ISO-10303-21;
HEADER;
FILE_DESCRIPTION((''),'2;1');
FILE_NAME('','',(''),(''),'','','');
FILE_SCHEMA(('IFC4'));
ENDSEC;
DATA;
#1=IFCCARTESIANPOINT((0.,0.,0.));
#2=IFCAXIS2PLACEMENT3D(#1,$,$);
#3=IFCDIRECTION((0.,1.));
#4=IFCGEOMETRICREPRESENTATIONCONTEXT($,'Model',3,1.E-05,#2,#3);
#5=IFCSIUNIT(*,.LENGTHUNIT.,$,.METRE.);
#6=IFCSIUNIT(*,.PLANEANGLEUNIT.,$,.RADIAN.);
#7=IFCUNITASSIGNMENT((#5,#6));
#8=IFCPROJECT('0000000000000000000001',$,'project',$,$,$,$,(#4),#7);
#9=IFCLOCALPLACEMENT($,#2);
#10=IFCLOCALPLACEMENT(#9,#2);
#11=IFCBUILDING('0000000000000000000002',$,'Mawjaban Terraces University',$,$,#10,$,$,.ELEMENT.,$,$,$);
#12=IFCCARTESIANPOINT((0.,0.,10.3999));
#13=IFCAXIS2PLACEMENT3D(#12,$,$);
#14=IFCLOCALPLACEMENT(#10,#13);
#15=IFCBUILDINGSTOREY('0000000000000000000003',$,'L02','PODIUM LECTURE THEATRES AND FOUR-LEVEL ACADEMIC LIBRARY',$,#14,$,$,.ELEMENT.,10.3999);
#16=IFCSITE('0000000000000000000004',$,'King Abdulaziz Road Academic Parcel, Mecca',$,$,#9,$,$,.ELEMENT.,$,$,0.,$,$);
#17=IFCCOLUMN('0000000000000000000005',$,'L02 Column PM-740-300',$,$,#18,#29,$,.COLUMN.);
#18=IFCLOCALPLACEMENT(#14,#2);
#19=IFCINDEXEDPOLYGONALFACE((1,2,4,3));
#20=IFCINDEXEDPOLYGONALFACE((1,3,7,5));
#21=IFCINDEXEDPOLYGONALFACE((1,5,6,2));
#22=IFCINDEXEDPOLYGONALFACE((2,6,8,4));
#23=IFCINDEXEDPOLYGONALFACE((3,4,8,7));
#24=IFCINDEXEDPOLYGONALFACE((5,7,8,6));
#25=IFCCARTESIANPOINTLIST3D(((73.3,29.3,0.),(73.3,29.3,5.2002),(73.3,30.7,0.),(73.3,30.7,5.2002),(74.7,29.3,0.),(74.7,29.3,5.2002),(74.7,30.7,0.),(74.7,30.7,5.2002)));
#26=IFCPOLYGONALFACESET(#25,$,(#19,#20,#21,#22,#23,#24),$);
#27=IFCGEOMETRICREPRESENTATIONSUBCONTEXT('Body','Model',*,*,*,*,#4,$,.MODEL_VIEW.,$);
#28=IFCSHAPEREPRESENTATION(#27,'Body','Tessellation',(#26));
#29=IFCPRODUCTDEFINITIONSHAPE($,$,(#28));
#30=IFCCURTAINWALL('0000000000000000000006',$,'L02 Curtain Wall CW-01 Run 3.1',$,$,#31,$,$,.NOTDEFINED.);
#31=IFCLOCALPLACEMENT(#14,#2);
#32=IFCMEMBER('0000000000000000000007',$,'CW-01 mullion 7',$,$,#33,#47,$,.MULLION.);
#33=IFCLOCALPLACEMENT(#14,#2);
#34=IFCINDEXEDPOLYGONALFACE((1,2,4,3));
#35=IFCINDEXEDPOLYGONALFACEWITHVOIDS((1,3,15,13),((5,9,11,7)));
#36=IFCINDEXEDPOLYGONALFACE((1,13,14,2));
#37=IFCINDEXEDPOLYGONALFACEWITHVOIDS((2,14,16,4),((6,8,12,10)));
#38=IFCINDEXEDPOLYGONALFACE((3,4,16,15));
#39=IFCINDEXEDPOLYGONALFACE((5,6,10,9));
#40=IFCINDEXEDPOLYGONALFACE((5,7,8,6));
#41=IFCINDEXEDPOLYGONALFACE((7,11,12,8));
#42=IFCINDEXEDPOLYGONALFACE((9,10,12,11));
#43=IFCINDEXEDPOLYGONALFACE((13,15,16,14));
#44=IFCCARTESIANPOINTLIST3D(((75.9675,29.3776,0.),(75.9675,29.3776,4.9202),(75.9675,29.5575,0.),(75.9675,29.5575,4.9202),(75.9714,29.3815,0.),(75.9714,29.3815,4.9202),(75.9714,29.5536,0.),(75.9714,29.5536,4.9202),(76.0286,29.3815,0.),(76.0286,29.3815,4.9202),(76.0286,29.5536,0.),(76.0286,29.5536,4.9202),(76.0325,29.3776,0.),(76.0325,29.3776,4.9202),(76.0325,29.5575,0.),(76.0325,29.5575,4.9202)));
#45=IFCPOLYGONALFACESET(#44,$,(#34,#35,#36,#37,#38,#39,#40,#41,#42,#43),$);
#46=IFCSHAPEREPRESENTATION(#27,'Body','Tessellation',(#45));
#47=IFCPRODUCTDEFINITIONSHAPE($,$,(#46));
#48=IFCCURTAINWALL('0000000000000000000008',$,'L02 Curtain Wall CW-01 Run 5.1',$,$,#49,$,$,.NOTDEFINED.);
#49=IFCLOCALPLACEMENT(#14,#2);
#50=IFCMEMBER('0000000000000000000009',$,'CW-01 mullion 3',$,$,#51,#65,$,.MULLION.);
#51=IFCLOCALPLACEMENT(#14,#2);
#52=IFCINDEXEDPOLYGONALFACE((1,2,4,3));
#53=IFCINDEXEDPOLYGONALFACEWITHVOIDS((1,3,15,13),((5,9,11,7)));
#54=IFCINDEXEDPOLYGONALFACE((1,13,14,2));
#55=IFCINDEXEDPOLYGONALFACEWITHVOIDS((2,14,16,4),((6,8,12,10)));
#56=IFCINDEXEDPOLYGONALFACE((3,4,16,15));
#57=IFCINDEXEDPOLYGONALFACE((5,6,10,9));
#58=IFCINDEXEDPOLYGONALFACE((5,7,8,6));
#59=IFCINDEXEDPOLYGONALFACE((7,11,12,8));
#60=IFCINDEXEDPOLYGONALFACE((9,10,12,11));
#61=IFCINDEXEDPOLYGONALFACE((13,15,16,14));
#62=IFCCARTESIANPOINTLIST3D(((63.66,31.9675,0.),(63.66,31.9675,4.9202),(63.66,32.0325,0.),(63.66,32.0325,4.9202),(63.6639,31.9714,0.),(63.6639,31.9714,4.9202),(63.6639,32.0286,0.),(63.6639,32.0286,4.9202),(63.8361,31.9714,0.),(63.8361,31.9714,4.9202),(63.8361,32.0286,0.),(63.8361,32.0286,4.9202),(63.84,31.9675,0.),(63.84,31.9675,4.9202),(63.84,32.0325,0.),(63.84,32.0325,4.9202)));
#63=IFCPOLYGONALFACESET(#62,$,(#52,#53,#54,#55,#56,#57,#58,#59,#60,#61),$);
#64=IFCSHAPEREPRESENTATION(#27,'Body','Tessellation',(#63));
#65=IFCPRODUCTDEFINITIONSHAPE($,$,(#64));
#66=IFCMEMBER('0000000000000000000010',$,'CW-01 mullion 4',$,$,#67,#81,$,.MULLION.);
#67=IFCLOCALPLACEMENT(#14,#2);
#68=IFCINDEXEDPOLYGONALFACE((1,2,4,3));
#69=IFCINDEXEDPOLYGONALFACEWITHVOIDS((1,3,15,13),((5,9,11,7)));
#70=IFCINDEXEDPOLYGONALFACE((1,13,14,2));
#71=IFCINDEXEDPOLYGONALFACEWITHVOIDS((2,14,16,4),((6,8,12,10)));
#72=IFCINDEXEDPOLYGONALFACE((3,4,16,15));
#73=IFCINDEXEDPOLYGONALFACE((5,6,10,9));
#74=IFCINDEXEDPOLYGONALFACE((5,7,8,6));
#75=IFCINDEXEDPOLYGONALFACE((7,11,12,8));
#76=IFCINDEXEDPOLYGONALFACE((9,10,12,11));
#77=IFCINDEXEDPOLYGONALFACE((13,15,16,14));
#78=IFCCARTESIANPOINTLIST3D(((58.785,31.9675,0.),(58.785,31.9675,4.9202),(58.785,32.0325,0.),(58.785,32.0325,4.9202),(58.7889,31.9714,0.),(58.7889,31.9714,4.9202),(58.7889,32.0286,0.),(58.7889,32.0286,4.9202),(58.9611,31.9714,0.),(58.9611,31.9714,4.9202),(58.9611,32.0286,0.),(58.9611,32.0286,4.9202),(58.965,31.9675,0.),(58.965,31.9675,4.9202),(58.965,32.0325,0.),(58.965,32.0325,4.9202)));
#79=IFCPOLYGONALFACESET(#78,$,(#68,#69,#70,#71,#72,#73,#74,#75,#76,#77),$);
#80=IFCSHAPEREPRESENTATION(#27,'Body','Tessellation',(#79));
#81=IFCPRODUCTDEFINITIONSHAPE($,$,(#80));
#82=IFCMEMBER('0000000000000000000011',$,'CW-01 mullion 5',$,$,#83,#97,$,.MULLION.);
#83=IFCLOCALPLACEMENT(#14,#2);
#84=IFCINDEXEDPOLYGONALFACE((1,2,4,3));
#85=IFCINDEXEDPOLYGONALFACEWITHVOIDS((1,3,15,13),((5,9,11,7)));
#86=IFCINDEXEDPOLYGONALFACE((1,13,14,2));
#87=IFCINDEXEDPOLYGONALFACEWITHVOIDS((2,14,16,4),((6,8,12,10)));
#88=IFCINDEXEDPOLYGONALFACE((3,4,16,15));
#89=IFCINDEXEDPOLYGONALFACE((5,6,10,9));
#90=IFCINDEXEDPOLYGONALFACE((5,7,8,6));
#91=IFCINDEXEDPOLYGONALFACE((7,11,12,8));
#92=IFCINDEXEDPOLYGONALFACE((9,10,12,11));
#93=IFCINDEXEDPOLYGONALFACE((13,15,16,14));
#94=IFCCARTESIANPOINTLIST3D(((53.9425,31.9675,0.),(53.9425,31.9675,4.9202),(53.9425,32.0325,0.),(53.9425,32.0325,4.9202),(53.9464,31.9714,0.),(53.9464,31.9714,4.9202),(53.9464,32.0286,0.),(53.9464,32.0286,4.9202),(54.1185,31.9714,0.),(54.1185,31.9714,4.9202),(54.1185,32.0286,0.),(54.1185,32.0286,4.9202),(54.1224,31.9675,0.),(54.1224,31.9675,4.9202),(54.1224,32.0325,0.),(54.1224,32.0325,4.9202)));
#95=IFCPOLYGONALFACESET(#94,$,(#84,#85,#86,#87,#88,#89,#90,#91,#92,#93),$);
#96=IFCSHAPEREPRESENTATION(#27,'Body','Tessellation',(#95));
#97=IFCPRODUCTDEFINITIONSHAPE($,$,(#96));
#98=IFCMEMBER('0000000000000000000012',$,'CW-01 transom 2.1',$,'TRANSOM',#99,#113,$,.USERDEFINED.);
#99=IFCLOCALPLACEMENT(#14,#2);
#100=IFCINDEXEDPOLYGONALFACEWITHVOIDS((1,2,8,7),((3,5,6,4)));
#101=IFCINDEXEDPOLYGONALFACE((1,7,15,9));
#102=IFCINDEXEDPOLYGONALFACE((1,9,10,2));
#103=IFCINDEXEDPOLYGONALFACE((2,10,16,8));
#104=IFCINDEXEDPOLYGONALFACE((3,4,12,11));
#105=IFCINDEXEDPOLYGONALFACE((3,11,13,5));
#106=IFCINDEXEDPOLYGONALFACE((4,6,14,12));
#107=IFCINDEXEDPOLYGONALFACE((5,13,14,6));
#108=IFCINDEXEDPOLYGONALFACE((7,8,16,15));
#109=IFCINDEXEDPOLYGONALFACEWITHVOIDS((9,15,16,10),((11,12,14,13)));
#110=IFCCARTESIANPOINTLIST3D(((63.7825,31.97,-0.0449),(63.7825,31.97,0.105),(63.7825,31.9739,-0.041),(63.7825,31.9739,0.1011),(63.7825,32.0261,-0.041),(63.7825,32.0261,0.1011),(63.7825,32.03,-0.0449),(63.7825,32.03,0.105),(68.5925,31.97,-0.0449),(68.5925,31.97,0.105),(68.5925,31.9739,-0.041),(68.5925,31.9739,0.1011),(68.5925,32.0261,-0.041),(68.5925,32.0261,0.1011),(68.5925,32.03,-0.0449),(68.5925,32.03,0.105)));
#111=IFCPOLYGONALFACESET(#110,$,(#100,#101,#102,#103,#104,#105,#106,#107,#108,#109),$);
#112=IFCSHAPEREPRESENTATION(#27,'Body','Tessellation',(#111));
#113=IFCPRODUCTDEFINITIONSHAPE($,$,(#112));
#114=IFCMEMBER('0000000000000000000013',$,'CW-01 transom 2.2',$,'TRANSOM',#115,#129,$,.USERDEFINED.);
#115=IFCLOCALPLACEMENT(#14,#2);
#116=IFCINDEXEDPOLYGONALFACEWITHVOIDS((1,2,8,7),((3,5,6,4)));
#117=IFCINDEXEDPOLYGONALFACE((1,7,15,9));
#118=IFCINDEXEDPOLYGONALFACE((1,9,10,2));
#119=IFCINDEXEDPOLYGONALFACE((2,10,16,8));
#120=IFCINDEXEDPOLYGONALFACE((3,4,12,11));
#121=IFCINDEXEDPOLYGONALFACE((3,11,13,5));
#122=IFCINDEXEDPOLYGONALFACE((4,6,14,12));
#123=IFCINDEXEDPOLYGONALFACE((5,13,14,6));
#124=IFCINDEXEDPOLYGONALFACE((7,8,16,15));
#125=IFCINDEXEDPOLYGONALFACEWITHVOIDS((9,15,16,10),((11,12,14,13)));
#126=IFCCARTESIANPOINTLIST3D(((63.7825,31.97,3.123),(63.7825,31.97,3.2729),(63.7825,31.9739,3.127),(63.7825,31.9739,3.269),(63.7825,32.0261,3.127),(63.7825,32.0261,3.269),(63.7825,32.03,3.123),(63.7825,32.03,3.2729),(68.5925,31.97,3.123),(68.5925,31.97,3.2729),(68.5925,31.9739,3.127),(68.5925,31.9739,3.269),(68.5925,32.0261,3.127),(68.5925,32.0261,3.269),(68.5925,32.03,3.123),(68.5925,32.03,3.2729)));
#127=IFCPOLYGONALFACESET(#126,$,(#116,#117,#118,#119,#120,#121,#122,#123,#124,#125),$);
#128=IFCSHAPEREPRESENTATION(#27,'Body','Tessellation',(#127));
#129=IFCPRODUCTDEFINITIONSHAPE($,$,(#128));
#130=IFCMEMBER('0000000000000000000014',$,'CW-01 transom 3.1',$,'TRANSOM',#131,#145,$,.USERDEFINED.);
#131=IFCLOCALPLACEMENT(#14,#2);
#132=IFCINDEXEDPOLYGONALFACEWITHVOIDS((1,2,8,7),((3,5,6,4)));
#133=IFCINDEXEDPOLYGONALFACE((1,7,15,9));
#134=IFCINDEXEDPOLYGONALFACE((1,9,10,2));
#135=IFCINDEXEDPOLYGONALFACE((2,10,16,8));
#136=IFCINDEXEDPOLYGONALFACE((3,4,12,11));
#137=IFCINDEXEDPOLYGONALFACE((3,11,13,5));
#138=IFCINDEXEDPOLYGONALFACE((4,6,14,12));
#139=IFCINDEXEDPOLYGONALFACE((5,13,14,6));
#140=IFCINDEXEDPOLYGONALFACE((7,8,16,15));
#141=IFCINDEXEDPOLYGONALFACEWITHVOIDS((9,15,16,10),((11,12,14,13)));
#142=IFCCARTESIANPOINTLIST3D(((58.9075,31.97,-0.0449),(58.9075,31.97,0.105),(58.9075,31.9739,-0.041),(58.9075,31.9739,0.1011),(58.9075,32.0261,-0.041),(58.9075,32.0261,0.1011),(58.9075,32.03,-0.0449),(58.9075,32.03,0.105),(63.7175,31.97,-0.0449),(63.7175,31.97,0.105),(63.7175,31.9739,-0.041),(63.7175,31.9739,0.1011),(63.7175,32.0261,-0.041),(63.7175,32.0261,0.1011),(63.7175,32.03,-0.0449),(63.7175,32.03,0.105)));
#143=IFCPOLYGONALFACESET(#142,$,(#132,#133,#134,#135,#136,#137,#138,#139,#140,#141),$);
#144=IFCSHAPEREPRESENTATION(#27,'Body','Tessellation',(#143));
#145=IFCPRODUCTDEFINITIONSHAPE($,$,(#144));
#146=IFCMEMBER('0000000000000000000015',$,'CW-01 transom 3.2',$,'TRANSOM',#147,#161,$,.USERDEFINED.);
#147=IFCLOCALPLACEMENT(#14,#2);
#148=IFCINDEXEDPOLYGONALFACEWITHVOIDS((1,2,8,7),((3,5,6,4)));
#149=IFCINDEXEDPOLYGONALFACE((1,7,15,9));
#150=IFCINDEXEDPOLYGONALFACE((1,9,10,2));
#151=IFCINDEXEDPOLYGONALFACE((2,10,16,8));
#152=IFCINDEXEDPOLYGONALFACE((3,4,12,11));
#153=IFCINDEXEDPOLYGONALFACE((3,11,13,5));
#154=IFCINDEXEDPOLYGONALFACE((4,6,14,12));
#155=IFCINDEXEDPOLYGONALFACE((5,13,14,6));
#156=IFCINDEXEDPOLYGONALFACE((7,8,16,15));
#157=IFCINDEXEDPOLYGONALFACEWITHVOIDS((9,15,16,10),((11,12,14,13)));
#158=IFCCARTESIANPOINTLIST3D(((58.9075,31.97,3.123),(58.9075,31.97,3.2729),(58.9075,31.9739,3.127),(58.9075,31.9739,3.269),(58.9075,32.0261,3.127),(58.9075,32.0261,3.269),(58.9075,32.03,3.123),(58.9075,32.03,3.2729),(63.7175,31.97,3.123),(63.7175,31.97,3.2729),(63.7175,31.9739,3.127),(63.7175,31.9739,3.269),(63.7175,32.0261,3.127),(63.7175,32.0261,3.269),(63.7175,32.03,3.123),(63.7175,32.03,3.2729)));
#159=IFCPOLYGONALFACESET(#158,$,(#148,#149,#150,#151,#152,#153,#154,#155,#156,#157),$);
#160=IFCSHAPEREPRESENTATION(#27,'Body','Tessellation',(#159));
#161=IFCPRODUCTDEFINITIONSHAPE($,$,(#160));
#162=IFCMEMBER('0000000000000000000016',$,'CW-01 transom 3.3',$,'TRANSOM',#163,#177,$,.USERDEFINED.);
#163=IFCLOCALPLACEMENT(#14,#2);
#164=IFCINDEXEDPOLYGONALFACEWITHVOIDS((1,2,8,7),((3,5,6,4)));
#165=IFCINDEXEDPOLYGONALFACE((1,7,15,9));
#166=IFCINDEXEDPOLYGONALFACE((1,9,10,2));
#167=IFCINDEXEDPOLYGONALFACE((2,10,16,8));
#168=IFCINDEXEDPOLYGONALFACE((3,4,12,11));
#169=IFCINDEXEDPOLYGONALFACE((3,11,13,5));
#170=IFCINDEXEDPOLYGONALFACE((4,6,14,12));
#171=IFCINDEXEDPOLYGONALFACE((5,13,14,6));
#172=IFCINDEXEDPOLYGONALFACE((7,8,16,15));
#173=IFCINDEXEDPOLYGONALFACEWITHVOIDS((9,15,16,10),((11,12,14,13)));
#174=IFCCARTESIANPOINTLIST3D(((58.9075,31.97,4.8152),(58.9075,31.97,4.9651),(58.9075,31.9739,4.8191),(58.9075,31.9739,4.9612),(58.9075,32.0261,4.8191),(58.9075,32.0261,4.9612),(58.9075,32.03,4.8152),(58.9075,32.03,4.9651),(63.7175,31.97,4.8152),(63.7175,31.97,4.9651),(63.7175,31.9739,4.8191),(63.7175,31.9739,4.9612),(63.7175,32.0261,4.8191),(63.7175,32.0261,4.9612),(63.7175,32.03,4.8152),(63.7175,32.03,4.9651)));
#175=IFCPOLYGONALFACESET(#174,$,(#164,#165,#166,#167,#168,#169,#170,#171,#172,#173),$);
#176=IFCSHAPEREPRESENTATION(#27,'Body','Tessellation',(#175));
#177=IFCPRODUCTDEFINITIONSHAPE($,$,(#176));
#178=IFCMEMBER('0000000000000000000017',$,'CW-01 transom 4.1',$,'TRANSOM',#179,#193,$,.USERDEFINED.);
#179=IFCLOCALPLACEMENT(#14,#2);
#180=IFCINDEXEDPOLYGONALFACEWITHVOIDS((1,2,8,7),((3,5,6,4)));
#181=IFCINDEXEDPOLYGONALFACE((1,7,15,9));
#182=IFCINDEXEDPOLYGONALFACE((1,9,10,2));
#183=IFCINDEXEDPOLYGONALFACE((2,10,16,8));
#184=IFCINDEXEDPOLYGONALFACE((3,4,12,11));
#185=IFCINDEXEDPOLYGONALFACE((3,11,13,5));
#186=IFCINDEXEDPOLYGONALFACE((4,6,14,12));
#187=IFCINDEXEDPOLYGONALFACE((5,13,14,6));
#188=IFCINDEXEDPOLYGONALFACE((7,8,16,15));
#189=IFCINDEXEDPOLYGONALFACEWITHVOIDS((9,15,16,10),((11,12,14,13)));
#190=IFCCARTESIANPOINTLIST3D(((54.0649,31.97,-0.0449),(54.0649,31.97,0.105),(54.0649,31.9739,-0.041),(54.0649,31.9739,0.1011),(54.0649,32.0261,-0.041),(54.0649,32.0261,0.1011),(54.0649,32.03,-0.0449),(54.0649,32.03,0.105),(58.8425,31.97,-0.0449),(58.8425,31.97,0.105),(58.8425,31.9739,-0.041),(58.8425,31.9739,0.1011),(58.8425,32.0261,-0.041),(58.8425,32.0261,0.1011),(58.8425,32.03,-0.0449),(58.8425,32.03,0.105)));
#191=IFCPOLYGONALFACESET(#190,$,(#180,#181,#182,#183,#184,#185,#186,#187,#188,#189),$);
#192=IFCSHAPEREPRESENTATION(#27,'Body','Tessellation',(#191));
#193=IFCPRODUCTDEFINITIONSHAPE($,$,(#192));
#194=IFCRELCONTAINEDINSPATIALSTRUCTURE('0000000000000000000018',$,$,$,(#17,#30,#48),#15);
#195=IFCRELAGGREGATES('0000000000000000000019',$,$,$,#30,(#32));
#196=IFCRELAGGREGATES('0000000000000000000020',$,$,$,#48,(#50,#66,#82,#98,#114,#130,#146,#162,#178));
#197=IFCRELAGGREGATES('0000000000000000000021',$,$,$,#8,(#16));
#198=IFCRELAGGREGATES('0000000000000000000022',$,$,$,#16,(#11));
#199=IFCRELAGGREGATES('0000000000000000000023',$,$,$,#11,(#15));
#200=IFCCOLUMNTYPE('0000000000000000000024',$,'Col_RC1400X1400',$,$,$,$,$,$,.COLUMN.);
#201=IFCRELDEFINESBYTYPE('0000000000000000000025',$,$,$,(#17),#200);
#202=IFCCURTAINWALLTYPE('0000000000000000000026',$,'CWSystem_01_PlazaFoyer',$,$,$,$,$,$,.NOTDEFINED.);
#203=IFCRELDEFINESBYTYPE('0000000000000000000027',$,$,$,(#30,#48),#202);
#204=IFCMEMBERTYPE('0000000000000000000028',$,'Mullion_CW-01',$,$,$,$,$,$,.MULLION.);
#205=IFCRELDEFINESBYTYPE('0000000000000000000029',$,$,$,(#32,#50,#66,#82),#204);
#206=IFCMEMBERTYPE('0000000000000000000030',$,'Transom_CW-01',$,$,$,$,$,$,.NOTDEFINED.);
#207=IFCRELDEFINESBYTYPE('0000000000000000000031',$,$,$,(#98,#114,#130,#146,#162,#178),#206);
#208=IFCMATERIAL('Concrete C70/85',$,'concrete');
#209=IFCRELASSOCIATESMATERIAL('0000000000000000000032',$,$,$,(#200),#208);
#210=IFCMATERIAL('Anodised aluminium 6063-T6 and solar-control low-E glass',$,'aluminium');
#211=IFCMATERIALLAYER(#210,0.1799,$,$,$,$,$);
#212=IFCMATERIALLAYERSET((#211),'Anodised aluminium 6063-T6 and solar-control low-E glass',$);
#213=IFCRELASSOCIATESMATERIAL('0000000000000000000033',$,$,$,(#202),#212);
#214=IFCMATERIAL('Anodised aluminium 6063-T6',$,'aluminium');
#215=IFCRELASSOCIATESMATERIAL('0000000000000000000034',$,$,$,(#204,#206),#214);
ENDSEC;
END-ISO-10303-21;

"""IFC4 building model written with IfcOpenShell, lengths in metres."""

from ifc_helpers import new_model, si_unit, direction, frame, origin, origin_2d, place, context, subcontext, project, spatial, rectangle, hollow_rectangle, extrude, material, layer, layer_set, material_profile, profile_set, type_object, element, aggregate, save


model = new_model("IFC4")

# Units and contexts
model_context = context("Model", 3, precision=1e-05, world=origin(), true_north=direction((0.0, 1.0)))
body_context = subcontext(model_context, "Body", "Model", "MODEL_VIEW")
ifc_project = project(units=[si_unit("LENGTHUNIT", "METRE"), si_unit("PLANEANGLEUNIT", "RADIAN")], contexts=[model_context])

# Site, building, storey
site_placement = place(None, origin())
site = spatial("IfcSite", under=ifc_project, at=site_placement, Name="King Abdulaziz Road Academic Parcel, Mecca", CompositionType="ELEMENT", RefElevation=0.0)
building_placement = place(site_placement, origin())
building = spatial("IfcBuilding", under=site, at=building_placement, Name="Mawjaban Terraces University", CompositionType="ELEMENT")
storey_placement = place(building_placement, frame((0.0, 0.0, 10.3999)))
storey = spatial("IfcBuildingStorey", under=building, at=storey_placement, Name="L02", Description="PODIUM LECTURE THEATRES AND FOUR-LEVEL ACADEMIC LIBRARY", CompositionType="ELEMENT", Elevation=10.3999)

# Column
ifc_material_1 = material(Name="Concrete C70/85", Category="concrete")
ifc_material_profile_1 = material_profile(ifc_material_1, rectangle(XDim=1.3999, YDim=1.3999, at=origin_2d()), Name="RC1400X1400")
ifc_profile_set_1 = profile_set([ifc_material_profile_1], Name="Concrete C70/85")
column_type = type_object("IfcColumnType", Name="Col_RC1400X1400", PredefinedType="COLUMN", material=ifc_profile_set_1)
column_placement = place(storey_placement, frame((74.0, 30.0, 0.0), z_axis=(0.0, 0.0, 1.0), x_axis=(1.0, 0.0, 0.0)))
element("IfcColumn", 1, at=column_placement, inside=storey, type_object=column_type, Name="L02 Column PM-740-300", PredefinedType="COLUMN", context=body_context, shape_type="SweptSolid", body=[
    extrude(rectangle(XDim=1.3999, YDim=1.3999, at=origin_2d()), origin(), (0.0, 0.0, 1.0), 5.2002),
])

# Curtain wall, member
ifc_material_2 = material(Name="Anodised aluminium 6063-T6 and solar-control low-E glass", Category="aluminium")
ifc_layer_1 = layer(ifc_material_2, 0.1799)
ifc_layer_set_1 = layer_set([ifc_layer_1], Name="Anodised aluminium 6063-T6 and solar-control low-E glass")
curtain_wall_type = type_object("IfcCurtainWallType", Name="CWSystem_01_PlazaFoyer", PredefinedType="NOTDEFINED", material=ifc_layer_set_1)
curtain_wall_1_placement = place(storey_placement, origin())
curtain_wall_1 = element("IfcCurtainWall", 2, at=curtain_wall_1_placement, inside=storey, type_object=curtain_wall_type, Name="L02 Curtain Wall CW-01 Run 3.1", PredefinedType="NOTDEFINED")
ifc_material_3 = material(Name="Anodised aluminium 6063-T6", Category="aluminium")
ifc_material_profile_2 = material_profile(ifc_material_3, hollow_rectangle(XDim=0.0649, YDim=0.1799, WallThickness=0.0039, at=origin_2d()), Name="ALU180X65X4")
ifc_profile_set_2 = profile_set([ifc_material_profile_2], Name="Anodised aluminium 6063-T6")
member_type_1 = type_object("IfcMemberType", Name="Mullion_CW-01", PredefinedType="MULLION", material=ifc_profile_set_2)
member_1_placement = place(storey_placement, frame((76.0, 29.4675, 0.0), z_axis=(0.0, 0.0, 1.0), x_axis=(-1.0, 0.0, 0.0)))
member_1 = element("IfcMember", 3, at=member_1_placement, type_object=member_type_1, Name="CW-01 mullion 7", PredefinedType="MULLION", context=body_context, shape_type="SweptSolid", body=[
    extrude(hollow_rectangle(XDim=0.0649, YDim=0.1799, WallThickness=0.0039, at=origin_2d()), origin(), (0.0, 0.0, 1.0), 4.9202),
])
aggregate(curtain_wall_1, [member_1])

# Curtain wall, members
curtain_wall_2_placement = place(storey_placement, origin())
curtain_wall_2 = element("IfcCurtainWall", 4, at=curtain_wall_2_placement, inside=storey, type_object=curtain_wall_type, Name="L02 Curtain Wall CW-01 Run 5.1", PredefinedType="NOTDEFINED")
member_2_placement = place(storey_placement, frame((63.75, 32.0, 0.0), z_axis=(0.0, 0.0, 1.0), x_axis=(0.0, -1.0, 0.0)))
member_2 = element("IfcMember", 5, at=member_2_placement, type_object=member_type_1, Name="CW-01 mullion 3", PredefinedType="MULLION", context=body_context, shape_type="SweptSolid", body=[
    extrude(hollow_rectangle(XDim=0.0649, YDim=0.1799, WallThickness=0.0039, at=origin_2d()), origin(), (0.0, 0.0, 1.0), 4.9202),
])
member_3_placement = place(storey_placement, frame((58.875, 32.0, 0.0), z_axis=(0.0, 0.0, 1.0), x_axis=(0.0, -1.0, 0.0)))
member_3 = element("IfcMember", 6, at=member_3_placement, type_object=member_type_1, Name="CW-01 mullion 4", PredefinedType="MULLION", context=body_context, shape_type="SweptSolid", body=[
    extrude(hollow_rectangle(XDim=0.0649, YDim=0.1799, WallThickness=0.0039, at=origin_2d()), origin(), (0.0, 0.0, 1.0), 4.9202),
])
member_4_placement = place(storey_placement, frame((54.0325, 32.0, 0.0), z_axis=(0.0, 0.0, 1.0), x_axis=(0.0, -1.0, 0.0)))
member_4 = element("IfcMember", 7, at=member_4_placement, type_object=member_type_1, Name="CW-01 mullion 5", PredefinedType="MULLION", context=body_context, shape_type="SweptSolid", body=[
    extrude(hollow_rectangle(XDim=0.0649, YDim=0.1799, WallThickness=0.0039, at=origin_2d()), origin(), (0.0, 0.0, 1.0), 4.9202),
])
ifc_material_profile_3 = material_profile(ifc_material_3, hollow_rectangle(XDim=0.0601, YDim=0.1499, WallThickness=0.0039, at=origin_2d()), Name="ALU150X60X4")
ifc_profile_set_3 = profile_set([ifc_material_profile_3], Name="Anodised aluminium 6063-T6")
member_type_2 = type_object("IfcMemberType", Name="Transom_CW-01", PredefinedType="NOTDEFINED", material=ifc_profile_set_3)
member_5_placement = place(storey_placement, frame((68.5925, 32.0, 0.03), z_axis=(-1.0, 0.0, 0.0), x_axis=(0.0, -1.0, 0.0)))
member_5 = element("IfcMember", 8, at=member_5_placement, type_object=member_type_2, Name="CW-01 transom 2.1", ObjectType="TRANSOM", PredefinedType="USERDEFINED", context=body_context, shape_type="SweptSolid", body=[
    extrude(hollow_rectangle(XDim=0.0601, YDim=0.1499, WallThickness=0.0039, at=origin_2d()), origin(), (0.0, 0.0, 1.0), 4.8101),
])
member_6_placement = place(storey_placement, frame((68.5925, 32.0, 3.198), z_axis=(-1.0, 0.0, 0.0), x_axis=(0.0, -1.0, 0.0)))
member_6 = element("IfcMember", 9, at=member_6_placement, type_object=member_type_2, Name="CW-01 transom 2.2", ObjectType="TRANSOM", PredefinedType="USERDEFINED", context=body_context, shape_type="SweptSolid", body=[
    extrude(hollow_rectangle(XDim=0.0601, YDim=0.1499, WallThickness=0.0039, at=origin_2d()), origin(), (0.0, 0.0, 1.0), 4.8101),
])
member_7_placement = place(storey_placement, frame((63.7175, 32.0, 0.03), z_axis=(-1.0, 0.0, 0.0), x_axis=(0.0, -1.0, 0.0)))
member_7 = element("IfcMember", 10, at=member_7_placement, type_object=member_type_2, Name="CW-01 transom 3.1", ObjectType="TRANSOM", PredefinedType="USERDEFINED", context=body_context, shape_type="SweptSolid", body=[
    extrude(hollow_rectangle(XDim=0.0601, YDim=0.1499, WallThickness=0.0039, at=origin_2d()), origin(), (0.0, 0.0, 1.0), 4.8101),
])
member_8_placement = place(storey_placement, frame((63.7175, 32.0, 3.198), z_axis=(-1.0, 0.0, 0.0), x_axis=(0.0, -1.0, 0.0)))
member_8 = element("IfcMember", 11, at=member_8_placement, type_object=member_type_2, Name="CW-01 transom 3.2", ObjectType="TRANSOM", PredefinedType="USERDEFINED", context=body_context, shape_type="SweptSolid", body=[
    extrude(hollow_rectangle(XDim=0.0601, YDim=0.1499, WallThickness=0.0039, at=origin_2d()), origin(), (0.0, 0.0, 1.0), 4.8101),
])
member_9_placement = place(storey_placement, frame((63.7175, 32.0, 4.8901), z_axis=(-1.0, 0.0, 0.0), x_axis=(0.0, -1.0, 0.0)))
member_9 = element("IfcMember", 12, at=member_9_placement, type_object=member_type_2, Name="CW-01 transom 3.3", ObjectType="TRANSOM", PredefinedType="USERDEFINED", context=body_context, shape_type="SweptSolid", body=[
    extrude(hollow_rectangle(XDim=0.0601, YDim=0.1499, WallThickness=0.0039, at=origin_2d()), origin(), (0.0, 0.0, 1.0), 4.8101),
])
member_10_placement = place(storey_placement, frame((58.8425, 32.0, 0.03), z_axis=(-1.0, 0.0, 0.0), x_axis=(0.0, -1.0, 0.0)))
member_10 = element("IfcMember", 13, at=member_10_placement, type_object=member_type_2, Name="CW-01 transom 4.1", ObjectType="TRANSOM", PredefinedType="USERDEFINED", context=body_context, shape_type="SweptSolid", body=[
    extrude(hollow_rectangle(XDim=0.0601, YDim=0.1499, WallThickness=0.0039, at=origin_2d()), origin(), (0.0, 0.0, 1.0), 4.7776),
])
aggregate(curtain_wall_2, [member_2, member_3, member_4, member_5, member_6, member_7, member_8, member_9, member_10])

save(model, "model.ifc")
